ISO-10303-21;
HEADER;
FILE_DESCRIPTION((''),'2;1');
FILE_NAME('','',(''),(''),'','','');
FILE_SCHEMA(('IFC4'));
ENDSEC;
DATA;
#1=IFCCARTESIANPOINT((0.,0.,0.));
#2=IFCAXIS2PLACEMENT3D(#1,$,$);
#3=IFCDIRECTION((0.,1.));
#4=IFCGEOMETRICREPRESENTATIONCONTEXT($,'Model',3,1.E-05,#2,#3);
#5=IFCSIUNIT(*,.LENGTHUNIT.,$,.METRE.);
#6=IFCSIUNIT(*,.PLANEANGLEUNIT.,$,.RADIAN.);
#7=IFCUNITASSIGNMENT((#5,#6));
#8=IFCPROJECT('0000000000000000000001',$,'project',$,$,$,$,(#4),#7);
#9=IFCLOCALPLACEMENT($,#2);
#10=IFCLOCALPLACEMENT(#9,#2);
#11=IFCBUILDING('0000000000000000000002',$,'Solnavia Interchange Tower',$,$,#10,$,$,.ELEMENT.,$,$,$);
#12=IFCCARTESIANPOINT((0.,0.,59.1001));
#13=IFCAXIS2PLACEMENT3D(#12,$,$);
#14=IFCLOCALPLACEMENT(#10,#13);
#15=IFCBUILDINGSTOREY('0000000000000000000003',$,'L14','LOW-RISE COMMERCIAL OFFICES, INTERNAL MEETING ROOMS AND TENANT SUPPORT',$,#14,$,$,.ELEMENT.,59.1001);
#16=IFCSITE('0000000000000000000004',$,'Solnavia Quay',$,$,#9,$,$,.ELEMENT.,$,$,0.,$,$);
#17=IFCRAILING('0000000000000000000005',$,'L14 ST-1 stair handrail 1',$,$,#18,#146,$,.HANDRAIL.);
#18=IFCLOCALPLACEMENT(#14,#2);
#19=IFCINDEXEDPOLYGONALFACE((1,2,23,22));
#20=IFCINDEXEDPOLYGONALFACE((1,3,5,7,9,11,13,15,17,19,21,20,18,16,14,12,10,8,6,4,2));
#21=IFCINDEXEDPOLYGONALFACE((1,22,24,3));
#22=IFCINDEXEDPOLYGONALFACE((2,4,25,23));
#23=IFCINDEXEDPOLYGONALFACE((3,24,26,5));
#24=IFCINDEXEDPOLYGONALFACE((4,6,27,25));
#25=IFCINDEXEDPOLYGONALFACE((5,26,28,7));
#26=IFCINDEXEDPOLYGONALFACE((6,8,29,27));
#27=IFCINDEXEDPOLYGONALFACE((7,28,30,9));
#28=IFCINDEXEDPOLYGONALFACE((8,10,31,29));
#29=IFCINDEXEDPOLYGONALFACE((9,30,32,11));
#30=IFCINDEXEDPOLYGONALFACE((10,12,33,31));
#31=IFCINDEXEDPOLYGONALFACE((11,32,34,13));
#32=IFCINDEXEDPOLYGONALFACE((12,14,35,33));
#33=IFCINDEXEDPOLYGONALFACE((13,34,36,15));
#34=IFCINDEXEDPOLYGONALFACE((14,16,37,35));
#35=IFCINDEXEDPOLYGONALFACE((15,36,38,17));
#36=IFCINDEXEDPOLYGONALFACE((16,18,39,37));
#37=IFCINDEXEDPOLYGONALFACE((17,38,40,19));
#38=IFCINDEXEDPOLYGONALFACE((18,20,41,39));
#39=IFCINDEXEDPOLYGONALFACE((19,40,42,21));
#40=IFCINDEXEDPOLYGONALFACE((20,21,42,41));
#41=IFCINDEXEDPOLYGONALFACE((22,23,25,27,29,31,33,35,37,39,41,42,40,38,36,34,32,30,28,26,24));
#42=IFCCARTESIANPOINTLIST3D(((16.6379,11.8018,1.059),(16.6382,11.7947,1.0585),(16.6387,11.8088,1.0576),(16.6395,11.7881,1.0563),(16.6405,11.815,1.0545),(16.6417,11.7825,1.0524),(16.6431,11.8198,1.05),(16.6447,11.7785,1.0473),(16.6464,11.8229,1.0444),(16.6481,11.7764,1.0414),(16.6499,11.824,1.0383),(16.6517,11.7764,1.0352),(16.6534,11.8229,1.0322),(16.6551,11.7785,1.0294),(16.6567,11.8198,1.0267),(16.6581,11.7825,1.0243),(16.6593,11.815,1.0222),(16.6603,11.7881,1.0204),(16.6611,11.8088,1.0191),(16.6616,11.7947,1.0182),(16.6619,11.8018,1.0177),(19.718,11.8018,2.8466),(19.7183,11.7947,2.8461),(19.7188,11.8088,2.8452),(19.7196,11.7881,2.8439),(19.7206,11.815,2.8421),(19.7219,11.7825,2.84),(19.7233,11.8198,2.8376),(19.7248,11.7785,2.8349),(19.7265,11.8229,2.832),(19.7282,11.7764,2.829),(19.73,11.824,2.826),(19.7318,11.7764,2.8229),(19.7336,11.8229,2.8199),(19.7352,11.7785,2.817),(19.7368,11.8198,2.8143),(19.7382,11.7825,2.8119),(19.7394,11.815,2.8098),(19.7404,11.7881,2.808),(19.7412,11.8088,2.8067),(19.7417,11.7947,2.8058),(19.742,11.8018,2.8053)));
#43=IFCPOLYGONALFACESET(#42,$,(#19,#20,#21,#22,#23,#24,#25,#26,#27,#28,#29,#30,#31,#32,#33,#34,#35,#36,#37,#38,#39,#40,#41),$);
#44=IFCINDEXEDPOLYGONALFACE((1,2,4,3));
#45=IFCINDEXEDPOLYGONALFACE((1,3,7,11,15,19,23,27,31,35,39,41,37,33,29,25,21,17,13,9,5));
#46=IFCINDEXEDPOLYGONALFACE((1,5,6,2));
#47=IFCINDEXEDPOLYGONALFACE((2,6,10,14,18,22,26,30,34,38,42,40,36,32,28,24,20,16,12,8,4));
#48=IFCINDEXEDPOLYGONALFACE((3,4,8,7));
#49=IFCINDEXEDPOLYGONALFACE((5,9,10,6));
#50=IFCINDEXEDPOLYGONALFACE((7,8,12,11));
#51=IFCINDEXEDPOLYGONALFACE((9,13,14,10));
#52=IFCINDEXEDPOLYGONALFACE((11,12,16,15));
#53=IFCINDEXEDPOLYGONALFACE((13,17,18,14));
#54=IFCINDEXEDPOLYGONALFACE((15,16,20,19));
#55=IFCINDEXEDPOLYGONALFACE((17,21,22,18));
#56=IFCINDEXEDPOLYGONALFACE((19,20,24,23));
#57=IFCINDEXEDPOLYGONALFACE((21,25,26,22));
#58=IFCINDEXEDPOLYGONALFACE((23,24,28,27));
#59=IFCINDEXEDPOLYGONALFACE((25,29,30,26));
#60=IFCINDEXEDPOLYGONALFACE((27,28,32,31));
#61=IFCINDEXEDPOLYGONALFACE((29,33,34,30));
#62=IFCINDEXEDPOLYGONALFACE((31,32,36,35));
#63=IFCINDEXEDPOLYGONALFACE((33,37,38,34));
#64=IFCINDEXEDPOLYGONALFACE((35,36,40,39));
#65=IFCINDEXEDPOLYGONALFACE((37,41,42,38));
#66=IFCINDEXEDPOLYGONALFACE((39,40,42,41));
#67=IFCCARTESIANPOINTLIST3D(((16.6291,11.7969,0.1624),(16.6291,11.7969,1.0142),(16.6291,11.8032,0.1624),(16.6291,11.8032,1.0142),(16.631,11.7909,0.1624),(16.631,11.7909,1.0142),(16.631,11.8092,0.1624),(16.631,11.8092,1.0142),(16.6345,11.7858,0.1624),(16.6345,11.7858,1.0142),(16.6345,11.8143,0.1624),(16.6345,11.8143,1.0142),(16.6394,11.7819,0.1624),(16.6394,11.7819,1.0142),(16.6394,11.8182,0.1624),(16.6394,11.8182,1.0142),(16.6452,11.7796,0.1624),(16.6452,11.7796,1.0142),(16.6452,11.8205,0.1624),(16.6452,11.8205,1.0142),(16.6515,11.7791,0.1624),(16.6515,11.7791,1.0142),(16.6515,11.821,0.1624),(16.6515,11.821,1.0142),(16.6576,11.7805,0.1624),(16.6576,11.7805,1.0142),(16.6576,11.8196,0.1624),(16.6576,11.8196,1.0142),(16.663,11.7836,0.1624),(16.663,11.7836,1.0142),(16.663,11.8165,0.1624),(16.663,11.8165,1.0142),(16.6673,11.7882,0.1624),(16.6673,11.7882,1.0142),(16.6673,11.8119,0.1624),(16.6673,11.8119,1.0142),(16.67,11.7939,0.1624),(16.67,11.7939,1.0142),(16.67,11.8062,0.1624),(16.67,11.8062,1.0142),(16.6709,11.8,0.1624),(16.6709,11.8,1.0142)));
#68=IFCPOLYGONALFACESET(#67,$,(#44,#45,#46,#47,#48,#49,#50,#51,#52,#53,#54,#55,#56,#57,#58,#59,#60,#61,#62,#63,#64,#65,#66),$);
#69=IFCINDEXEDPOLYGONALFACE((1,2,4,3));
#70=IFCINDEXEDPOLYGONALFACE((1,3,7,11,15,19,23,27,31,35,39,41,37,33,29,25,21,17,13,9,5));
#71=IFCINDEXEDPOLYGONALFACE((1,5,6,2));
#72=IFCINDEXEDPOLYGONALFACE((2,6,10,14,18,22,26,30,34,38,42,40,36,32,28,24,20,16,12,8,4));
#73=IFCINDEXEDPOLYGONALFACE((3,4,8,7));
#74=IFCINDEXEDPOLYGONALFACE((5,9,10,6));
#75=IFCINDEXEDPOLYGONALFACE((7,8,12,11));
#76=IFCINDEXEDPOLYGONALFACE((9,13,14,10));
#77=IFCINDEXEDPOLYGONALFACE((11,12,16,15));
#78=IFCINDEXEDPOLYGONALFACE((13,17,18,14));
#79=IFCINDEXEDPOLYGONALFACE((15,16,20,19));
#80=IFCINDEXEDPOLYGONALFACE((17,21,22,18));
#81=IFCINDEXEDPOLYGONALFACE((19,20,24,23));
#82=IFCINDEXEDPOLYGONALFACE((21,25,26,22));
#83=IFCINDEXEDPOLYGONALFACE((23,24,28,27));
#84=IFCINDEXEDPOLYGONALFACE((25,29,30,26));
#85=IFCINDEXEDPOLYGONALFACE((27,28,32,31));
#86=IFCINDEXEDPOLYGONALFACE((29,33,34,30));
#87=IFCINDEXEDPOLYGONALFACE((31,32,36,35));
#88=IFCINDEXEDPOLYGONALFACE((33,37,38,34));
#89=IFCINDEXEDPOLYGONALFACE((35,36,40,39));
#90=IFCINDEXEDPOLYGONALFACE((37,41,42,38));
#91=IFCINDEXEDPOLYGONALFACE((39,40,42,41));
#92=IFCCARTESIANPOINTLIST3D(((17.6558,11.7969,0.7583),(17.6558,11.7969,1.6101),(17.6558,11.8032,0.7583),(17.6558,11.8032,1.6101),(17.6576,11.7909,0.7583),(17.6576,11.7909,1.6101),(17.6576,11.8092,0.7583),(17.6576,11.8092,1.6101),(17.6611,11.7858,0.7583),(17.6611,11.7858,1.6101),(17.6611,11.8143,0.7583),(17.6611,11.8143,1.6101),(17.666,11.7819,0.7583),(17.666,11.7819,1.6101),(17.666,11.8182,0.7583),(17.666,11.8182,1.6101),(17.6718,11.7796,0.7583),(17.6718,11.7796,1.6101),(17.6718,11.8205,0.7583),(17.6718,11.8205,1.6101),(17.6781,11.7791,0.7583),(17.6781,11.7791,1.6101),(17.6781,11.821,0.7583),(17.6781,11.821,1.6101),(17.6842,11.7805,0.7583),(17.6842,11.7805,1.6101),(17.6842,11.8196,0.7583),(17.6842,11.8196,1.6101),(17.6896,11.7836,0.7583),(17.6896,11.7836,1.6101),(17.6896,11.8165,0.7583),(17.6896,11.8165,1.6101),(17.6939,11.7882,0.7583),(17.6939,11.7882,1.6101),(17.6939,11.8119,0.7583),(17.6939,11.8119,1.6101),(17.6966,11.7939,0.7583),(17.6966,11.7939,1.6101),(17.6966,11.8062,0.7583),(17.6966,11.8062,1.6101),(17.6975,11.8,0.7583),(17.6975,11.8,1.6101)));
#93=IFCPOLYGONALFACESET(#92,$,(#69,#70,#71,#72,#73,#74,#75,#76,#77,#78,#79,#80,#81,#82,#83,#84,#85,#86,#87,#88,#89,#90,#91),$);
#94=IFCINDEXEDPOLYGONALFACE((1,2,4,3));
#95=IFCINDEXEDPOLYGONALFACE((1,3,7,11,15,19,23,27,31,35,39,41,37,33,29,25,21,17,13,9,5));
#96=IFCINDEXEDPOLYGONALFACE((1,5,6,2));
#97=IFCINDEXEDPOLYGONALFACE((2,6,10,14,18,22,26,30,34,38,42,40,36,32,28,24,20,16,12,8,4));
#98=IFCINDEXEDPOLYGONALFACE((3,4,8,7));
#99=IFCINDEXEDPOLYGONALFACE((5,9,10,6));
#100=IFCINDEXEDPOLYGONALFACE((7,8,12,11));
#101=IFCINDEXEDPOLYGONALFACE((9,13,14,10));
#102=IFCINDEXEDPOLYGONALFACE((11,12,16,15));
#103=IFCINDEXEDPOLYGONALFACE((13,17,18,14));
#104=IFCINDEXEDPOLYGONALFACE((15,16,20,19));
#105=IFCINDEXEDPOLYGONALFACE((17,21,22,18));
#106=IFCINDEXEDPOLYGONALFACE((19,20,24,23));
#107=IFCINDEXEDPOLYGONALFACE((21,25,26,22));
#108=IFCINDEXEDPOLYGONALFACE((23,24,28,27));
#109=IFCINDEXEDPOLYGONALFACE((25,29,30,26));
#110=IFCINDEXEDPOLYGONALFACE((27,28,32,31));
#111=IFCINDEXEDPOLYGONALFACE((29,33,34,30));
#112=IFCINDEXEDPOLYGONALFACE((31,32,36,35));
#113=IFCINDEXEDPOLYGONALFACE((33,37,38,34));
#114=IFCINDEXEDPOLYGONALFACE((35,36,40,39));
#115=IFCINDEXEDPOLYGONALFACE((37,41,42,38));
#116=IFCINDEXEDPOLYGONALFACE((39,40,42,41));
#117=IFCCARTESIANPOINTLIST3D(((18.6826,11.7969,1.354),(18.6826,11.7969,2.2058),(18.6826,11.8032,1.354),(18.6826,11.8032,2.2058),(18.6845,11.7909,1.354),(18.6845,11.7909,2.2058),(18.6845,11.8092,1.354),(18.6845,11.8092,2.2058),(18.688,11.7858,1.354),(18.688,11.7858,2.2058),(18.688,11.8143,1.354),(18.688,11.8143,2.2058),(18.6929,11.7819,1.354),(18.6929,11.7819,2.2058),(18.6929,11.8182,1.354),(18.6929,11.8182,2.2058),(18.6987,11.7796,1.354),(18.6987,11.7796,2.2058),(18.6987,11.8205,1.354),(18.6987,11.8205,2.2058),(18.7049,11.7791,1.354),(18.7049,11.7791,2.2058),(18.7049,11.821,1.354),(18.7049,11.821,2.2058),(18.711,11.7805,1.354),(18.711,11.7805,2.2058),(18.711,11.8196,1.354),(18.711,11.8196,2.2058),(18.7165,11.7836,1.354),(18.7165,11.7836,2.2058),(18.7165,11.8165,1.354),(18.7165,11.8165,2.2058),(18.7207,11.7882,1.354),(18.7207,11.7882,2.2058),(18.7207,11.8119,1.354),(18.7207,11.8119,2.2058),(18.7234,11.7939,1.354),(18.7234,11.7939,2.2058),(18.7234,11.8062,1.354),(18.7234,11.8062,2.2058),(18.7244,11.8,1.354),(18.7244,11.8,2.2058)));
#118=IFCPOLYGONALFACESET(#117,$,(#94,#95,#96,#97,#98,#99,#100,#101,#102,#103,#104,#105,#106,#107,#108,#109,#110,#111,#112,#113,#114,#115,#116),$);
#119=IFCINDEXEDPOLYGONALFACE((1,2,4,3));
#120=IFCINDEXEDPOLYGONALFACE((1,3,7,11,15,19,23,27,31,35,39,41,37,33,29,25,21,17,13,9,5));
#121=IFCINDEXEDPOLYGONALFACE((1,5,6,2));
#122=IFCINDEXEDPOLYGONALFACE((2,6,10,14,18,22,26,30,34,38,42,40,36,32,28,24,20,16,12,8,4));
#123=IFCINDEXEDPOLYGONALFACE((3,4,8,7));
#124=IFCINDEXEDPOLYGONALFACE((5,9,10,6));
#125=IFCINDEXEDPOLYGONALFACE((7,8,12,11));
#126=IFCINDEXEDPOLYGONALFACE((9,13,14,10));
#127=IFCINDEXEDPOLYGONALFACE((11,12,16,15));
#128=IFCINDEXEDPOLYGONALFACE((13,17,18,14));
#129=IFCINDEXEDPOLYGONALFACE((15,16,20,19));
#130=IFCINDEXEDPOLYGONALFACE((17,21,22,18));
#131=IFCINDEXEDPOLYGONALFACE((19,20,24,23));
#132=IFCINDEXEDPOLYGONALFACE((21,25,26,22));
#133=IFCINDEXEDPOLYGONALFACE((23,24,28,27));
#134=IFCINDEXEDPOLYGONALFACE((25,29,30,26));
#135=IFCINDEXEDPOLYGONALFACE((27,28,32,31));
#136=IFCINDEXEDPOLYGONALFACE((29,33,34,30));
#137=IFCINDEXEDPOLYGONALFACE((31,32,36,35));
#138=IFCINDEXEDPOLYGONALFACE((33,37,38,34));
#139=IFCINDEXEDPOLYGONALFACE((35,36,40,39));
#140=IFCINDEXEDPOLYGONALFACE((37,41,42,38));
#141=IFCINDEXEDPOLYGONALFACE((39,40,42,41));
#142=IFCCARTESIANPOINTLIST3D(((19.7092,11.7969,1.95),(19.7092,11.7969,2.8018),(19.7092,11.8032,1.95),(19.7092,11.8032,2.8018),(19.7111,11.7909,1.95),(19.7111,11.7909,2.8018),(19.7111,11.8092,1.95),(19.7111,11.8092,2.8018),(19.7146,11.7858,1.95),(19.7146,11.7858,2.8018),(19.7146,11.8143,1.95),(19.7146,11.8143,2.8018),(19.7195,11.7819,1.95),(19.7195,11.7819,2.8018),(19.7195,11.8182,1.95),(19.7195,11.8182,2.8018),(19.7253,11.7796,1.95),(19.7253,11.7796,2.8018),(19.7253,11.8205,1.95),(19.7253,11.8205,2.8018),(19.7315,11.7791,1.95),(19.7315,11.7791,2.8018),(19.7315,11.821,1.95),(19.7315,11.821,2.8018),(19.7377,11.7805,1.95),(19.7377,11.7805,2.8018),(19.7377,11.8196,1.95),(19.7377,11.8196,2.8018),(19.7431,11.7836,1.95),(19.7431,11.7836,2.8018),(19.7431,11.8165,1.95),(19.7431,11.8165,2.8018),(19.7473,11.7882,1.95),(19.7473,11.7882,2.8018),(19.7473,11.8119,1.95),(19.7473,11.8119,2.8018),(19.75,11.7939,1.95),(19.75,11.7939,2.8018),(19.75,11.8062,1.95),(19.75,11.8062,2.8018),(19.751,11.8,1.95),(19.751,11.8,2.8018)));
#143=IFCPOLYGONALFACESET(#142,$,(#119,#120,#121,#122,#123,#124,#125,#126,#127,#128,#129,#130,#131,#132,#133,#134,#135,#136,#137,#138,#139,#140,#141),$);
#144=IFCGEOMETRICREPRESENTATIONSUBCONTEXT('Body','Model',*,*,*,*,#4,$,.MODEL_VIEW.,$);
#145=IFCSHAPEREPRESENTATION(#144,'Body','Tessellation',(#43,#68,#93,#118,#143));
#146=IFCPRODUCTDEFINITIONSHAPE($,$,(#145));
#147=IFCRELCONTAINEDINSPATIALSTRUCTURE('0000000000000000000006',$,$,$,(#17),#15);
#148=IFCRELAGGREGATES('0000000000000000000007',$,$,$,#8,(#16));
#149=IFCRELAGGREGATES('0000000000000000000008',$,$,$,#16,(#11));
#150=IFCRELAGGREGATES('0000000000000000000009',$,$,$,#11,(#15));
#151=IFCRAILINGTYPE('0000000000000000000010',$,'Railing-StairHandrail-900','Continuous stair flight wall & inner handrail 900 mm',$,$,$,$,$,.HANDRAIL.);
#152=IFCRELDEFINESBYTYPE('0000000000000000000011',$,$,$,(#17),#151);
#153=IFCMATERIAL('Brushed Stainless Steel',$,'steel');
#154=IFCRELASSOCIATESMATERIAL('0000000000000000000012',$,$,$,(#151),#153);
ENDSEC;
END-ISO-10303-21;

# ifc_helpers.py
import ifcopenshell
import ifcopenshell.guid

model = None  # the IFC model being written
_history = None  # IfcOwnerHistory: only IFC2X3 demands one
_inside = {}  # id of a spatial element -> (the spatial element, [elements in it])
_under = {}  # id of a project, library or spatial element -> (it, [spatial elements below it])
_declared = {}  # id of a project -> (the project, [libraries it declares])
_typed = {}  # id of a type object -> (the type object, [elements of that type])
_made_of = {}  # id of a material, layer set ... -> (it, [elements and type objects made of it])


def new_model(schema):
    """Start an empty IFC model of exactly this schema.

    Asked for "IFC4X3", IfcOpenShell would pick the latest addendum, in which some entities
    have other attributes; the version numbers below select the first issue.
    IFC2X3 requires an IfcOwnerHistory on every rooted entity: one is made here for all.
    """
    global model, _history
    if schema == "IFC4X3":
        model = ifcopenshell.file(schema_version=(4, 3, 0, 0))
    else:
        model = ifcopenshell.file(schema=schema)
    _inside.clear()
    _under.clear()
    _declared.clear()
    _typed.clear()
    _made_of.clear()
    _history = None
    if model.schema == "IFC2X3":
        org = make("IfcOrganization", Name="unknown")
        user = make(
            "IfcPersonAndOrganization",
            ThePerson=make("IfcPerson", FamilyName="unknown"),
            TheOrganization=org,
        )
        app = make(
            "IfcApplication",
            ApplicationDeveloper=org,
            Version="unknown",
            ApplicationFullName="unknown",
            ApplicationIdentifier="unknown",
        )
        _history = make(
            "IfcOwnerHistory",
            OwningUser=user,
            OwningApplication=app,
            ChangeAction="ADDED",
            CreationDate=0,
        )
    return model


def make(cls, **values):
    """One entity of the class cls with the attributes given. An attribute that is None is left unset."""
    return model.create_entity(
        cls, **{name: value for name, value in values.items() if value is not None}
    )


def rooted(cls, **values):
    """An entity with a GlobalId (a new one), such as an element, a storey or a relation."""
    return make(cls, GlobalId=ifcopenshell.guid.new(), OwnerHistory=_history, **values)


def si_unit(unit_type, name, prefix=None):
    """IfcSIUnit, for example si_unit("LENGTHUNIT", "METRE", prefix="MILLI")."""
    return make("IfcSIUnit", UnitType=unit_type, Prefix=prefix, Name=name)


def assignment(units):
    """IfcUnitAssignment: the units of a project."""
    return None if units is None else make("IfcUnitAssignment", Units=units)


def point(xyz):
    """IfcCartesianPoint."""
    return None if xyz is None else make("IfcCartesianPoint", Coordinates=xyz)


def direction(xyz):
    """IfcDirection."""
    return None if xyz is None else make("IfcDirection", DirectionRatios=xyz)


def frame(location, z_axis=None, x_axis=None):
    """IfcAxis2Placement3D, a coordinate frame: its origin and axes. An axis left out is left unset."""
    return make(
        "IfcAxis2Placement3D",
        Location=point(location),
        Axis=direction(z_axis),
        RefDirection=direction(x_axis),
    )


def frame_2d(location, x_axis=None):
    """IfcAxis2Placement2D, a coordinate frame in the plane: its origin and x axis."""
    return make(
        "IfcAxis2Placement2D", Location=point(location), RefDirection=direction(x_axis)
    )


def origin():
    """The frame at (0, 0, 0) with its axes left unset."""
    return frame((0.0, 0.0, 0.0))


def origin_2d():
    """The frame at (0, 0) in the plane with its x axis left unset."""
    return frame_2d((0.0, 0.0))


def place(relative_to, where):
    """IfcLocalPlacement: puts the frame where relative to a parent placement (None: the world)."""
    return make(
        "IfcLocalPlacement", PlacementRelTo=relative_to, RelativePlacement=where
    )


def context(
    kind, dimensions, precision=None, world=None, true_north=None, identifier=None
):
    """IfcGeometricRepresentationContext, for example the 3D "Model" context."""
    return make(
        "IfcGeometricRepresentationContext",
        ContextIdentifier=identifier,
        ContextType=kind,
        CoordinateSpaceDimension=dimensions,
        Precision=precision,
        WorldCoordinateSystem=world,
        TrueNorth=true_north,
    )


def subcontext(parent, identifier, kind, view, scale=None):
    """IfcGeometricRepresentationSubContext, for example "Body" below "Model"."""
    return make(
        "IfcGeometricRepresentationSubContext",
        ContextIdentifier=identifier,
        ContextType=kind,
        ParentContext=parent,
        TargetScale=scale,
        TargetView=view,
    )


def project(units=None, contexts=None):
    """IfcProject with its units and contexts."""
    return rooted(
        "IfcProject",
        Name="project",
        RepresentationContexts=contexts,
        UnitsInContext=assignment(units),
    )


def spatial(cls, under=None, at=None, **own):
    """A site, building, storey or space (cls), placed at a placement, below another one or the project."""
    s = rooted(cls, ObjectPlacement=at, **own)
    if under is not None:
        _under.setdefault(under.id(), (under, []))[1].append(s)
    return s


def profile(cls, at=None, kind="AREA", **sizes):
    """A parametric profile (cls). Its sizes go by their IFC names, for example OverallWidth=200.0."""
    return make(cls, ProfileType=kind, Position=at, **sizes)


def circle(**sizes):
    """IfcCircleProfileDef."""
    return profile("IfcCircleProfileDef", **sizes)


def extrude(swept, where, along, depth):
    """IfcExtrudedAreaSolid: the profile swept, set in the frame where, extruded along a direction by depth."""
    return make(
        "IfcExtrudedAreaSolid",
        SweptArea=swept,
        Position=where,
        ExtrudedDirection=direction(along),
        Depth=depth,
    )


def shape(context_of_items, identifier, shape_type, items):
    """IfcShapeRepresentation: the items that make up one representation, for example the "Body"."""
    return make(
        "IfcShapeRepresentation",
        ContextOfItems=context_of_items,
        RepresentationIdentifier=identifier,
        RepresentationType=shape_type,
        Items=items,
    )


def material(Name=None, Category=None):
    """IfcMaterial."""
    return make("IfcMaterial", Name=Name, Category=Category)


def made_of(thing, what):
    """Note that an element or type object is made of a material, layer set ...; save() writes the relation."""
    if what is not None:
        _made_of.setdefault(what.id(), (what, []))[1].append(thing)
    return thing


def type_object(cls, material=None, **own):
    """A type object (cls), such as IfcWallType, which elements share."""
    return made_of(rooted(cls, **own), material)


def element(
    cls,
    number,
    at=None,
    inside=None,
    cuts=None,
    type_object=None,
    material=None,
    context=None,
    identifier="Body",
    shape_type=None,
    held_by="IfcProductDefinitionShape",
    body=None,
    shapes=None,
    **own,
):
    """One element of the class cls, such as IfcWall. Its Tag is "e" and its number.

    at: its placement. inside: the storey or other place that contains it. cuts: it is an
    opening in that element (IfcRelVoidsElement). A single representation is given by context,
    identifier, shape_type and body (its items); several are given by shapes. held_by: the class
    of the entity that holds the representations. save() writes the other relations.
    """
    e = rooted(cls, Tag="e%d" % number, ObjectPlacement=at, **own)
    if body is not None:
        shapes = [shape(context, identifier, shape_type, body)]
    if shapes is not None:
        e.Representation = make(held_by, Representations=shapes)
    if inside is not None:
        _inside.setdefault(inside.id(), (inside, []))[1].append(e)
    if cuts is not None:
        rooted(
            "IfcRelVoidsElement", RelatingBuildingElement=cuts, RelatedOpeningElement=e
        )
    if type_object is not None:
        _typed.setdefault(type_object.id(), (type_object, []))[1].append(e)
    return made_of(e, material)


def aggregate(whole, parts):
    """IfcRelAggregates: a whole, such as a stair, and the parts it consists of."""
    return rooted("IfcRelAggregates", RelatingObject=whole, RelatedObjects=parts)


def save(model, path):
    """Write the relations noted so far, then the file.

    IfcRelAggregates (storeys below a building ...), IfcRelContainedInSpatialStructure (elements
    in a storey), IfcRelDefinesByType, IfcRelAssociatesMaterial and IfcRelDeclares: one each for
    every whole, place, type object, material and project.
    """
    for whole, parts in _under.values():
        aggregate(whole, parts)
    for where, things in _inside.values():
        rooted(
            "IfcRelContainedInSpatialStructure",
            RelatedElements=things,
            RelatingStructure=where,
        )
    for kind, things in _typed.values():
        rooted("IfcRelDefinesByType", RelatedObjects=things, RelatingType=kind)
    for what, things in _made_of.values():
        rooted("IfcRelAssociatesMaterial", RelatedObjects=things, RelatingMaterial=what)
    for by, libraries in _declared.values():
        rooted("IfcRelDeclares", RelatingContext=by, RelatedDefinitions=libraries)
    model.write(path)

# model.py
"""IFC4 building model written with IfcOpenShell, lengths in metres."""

from ifc_helpers import new_model, si_unit, direction, frame, origin, origin_2d, place, context, subcontext, project, spatial, circle, extrude, material, type_object, element, save


model = new_model("IFC4")

# Units and contexts
model_context = context("Model", 3, precision=1e-05, world=origin(), true_north=direction((0.0, 1.0)))
body_context = subcontext(model_context, "Body", "Model", "MODEL_VIEW")
ifc_project = project(units=[si_unit("LENGTHUNIT", "METRE"), si_unit("PLANEANGLEUNIT", "RADIAN")], contexts=[model_context])

# Site, building, storey
site_placement = place(None, origin())
site = spatial("IfcSite", under=ifc_project, at=site_placement, Name="Solnavia Quay", CompositionType="ELEMENT", RefElevation=0.0)
building_placement = place(site_placement, origin())
building = spatial("IfcBuilding", under=site, at=building_placement, Name="Solnavia Interchange Tower", CompositionType="ELEMENT")
storey_placement = place(building_placement, frame((0.0, 0.0, 59.1001)))
storey = spatial("IfcBuildingStorey", under=building, at=storey_placement, Name="L14", Description="LOW-RISE COMMERCIAL OFFICES, INTERNAL MEETING ROOMS AND TENANT SUPPORT", CompositionType="ELEMENT", Elevation=59.1001)

# Railing
ifc_material_1 = material(Name="Brushed Stainless Steel", Category="steel")
railing_type_1 = type_object("IfcRailingType", Name="Railing-StairHandrail-900", Description="Continuous stair flight wall & inner handrail 900 mm", PredefinedType="HANDRAIL", material=ifc_material_1)
railing_1_placement = place(storey_placement, frame((16.6499, 11.8, 0.1624)))
element("IfcRailing", 1, at=railing_1_placement, inside=storey, type_object=railing_type_1, Name="L14 ST-1 stair handrail 1", PredefinedType="HANDRAIL", context=body_context, shape_type="SweptSolid", body=[
    extrude(circle(Radius=0.0239, at=origin_2d()), frame((0.0, 0.0, 0.876), z_axis=(0.864891, 0.0, 0.50196), x_axis=(0.0, 1.0, 0.0)), (0.0, 0.0, 1.0), 3.5613),
    extrude(circle(Radius=0.021, at=origin_2d()), origin(), (0.0, 0.0, 1.0), 0.8518),
    extrude(circle(Radius=0.021, at=origin_2d()), frame((1.0266, 0.0, 0.5959)), (0.0, 0.0, 1.0), 0.8518),
    extrude(circle(Radius=0.021, at=origin_2d()), frame((2.0535, 0.0, 1.1917)), (0.0, 0.0, 1.0), 0.8518),
    extrude(circle(Radius=0.021, at=origin_2d()), frame((3.0801, 0.0, 1.7876)), (0.0, 0.0, 1.0), 0.8518),
])

save(model, "model.ifc")
